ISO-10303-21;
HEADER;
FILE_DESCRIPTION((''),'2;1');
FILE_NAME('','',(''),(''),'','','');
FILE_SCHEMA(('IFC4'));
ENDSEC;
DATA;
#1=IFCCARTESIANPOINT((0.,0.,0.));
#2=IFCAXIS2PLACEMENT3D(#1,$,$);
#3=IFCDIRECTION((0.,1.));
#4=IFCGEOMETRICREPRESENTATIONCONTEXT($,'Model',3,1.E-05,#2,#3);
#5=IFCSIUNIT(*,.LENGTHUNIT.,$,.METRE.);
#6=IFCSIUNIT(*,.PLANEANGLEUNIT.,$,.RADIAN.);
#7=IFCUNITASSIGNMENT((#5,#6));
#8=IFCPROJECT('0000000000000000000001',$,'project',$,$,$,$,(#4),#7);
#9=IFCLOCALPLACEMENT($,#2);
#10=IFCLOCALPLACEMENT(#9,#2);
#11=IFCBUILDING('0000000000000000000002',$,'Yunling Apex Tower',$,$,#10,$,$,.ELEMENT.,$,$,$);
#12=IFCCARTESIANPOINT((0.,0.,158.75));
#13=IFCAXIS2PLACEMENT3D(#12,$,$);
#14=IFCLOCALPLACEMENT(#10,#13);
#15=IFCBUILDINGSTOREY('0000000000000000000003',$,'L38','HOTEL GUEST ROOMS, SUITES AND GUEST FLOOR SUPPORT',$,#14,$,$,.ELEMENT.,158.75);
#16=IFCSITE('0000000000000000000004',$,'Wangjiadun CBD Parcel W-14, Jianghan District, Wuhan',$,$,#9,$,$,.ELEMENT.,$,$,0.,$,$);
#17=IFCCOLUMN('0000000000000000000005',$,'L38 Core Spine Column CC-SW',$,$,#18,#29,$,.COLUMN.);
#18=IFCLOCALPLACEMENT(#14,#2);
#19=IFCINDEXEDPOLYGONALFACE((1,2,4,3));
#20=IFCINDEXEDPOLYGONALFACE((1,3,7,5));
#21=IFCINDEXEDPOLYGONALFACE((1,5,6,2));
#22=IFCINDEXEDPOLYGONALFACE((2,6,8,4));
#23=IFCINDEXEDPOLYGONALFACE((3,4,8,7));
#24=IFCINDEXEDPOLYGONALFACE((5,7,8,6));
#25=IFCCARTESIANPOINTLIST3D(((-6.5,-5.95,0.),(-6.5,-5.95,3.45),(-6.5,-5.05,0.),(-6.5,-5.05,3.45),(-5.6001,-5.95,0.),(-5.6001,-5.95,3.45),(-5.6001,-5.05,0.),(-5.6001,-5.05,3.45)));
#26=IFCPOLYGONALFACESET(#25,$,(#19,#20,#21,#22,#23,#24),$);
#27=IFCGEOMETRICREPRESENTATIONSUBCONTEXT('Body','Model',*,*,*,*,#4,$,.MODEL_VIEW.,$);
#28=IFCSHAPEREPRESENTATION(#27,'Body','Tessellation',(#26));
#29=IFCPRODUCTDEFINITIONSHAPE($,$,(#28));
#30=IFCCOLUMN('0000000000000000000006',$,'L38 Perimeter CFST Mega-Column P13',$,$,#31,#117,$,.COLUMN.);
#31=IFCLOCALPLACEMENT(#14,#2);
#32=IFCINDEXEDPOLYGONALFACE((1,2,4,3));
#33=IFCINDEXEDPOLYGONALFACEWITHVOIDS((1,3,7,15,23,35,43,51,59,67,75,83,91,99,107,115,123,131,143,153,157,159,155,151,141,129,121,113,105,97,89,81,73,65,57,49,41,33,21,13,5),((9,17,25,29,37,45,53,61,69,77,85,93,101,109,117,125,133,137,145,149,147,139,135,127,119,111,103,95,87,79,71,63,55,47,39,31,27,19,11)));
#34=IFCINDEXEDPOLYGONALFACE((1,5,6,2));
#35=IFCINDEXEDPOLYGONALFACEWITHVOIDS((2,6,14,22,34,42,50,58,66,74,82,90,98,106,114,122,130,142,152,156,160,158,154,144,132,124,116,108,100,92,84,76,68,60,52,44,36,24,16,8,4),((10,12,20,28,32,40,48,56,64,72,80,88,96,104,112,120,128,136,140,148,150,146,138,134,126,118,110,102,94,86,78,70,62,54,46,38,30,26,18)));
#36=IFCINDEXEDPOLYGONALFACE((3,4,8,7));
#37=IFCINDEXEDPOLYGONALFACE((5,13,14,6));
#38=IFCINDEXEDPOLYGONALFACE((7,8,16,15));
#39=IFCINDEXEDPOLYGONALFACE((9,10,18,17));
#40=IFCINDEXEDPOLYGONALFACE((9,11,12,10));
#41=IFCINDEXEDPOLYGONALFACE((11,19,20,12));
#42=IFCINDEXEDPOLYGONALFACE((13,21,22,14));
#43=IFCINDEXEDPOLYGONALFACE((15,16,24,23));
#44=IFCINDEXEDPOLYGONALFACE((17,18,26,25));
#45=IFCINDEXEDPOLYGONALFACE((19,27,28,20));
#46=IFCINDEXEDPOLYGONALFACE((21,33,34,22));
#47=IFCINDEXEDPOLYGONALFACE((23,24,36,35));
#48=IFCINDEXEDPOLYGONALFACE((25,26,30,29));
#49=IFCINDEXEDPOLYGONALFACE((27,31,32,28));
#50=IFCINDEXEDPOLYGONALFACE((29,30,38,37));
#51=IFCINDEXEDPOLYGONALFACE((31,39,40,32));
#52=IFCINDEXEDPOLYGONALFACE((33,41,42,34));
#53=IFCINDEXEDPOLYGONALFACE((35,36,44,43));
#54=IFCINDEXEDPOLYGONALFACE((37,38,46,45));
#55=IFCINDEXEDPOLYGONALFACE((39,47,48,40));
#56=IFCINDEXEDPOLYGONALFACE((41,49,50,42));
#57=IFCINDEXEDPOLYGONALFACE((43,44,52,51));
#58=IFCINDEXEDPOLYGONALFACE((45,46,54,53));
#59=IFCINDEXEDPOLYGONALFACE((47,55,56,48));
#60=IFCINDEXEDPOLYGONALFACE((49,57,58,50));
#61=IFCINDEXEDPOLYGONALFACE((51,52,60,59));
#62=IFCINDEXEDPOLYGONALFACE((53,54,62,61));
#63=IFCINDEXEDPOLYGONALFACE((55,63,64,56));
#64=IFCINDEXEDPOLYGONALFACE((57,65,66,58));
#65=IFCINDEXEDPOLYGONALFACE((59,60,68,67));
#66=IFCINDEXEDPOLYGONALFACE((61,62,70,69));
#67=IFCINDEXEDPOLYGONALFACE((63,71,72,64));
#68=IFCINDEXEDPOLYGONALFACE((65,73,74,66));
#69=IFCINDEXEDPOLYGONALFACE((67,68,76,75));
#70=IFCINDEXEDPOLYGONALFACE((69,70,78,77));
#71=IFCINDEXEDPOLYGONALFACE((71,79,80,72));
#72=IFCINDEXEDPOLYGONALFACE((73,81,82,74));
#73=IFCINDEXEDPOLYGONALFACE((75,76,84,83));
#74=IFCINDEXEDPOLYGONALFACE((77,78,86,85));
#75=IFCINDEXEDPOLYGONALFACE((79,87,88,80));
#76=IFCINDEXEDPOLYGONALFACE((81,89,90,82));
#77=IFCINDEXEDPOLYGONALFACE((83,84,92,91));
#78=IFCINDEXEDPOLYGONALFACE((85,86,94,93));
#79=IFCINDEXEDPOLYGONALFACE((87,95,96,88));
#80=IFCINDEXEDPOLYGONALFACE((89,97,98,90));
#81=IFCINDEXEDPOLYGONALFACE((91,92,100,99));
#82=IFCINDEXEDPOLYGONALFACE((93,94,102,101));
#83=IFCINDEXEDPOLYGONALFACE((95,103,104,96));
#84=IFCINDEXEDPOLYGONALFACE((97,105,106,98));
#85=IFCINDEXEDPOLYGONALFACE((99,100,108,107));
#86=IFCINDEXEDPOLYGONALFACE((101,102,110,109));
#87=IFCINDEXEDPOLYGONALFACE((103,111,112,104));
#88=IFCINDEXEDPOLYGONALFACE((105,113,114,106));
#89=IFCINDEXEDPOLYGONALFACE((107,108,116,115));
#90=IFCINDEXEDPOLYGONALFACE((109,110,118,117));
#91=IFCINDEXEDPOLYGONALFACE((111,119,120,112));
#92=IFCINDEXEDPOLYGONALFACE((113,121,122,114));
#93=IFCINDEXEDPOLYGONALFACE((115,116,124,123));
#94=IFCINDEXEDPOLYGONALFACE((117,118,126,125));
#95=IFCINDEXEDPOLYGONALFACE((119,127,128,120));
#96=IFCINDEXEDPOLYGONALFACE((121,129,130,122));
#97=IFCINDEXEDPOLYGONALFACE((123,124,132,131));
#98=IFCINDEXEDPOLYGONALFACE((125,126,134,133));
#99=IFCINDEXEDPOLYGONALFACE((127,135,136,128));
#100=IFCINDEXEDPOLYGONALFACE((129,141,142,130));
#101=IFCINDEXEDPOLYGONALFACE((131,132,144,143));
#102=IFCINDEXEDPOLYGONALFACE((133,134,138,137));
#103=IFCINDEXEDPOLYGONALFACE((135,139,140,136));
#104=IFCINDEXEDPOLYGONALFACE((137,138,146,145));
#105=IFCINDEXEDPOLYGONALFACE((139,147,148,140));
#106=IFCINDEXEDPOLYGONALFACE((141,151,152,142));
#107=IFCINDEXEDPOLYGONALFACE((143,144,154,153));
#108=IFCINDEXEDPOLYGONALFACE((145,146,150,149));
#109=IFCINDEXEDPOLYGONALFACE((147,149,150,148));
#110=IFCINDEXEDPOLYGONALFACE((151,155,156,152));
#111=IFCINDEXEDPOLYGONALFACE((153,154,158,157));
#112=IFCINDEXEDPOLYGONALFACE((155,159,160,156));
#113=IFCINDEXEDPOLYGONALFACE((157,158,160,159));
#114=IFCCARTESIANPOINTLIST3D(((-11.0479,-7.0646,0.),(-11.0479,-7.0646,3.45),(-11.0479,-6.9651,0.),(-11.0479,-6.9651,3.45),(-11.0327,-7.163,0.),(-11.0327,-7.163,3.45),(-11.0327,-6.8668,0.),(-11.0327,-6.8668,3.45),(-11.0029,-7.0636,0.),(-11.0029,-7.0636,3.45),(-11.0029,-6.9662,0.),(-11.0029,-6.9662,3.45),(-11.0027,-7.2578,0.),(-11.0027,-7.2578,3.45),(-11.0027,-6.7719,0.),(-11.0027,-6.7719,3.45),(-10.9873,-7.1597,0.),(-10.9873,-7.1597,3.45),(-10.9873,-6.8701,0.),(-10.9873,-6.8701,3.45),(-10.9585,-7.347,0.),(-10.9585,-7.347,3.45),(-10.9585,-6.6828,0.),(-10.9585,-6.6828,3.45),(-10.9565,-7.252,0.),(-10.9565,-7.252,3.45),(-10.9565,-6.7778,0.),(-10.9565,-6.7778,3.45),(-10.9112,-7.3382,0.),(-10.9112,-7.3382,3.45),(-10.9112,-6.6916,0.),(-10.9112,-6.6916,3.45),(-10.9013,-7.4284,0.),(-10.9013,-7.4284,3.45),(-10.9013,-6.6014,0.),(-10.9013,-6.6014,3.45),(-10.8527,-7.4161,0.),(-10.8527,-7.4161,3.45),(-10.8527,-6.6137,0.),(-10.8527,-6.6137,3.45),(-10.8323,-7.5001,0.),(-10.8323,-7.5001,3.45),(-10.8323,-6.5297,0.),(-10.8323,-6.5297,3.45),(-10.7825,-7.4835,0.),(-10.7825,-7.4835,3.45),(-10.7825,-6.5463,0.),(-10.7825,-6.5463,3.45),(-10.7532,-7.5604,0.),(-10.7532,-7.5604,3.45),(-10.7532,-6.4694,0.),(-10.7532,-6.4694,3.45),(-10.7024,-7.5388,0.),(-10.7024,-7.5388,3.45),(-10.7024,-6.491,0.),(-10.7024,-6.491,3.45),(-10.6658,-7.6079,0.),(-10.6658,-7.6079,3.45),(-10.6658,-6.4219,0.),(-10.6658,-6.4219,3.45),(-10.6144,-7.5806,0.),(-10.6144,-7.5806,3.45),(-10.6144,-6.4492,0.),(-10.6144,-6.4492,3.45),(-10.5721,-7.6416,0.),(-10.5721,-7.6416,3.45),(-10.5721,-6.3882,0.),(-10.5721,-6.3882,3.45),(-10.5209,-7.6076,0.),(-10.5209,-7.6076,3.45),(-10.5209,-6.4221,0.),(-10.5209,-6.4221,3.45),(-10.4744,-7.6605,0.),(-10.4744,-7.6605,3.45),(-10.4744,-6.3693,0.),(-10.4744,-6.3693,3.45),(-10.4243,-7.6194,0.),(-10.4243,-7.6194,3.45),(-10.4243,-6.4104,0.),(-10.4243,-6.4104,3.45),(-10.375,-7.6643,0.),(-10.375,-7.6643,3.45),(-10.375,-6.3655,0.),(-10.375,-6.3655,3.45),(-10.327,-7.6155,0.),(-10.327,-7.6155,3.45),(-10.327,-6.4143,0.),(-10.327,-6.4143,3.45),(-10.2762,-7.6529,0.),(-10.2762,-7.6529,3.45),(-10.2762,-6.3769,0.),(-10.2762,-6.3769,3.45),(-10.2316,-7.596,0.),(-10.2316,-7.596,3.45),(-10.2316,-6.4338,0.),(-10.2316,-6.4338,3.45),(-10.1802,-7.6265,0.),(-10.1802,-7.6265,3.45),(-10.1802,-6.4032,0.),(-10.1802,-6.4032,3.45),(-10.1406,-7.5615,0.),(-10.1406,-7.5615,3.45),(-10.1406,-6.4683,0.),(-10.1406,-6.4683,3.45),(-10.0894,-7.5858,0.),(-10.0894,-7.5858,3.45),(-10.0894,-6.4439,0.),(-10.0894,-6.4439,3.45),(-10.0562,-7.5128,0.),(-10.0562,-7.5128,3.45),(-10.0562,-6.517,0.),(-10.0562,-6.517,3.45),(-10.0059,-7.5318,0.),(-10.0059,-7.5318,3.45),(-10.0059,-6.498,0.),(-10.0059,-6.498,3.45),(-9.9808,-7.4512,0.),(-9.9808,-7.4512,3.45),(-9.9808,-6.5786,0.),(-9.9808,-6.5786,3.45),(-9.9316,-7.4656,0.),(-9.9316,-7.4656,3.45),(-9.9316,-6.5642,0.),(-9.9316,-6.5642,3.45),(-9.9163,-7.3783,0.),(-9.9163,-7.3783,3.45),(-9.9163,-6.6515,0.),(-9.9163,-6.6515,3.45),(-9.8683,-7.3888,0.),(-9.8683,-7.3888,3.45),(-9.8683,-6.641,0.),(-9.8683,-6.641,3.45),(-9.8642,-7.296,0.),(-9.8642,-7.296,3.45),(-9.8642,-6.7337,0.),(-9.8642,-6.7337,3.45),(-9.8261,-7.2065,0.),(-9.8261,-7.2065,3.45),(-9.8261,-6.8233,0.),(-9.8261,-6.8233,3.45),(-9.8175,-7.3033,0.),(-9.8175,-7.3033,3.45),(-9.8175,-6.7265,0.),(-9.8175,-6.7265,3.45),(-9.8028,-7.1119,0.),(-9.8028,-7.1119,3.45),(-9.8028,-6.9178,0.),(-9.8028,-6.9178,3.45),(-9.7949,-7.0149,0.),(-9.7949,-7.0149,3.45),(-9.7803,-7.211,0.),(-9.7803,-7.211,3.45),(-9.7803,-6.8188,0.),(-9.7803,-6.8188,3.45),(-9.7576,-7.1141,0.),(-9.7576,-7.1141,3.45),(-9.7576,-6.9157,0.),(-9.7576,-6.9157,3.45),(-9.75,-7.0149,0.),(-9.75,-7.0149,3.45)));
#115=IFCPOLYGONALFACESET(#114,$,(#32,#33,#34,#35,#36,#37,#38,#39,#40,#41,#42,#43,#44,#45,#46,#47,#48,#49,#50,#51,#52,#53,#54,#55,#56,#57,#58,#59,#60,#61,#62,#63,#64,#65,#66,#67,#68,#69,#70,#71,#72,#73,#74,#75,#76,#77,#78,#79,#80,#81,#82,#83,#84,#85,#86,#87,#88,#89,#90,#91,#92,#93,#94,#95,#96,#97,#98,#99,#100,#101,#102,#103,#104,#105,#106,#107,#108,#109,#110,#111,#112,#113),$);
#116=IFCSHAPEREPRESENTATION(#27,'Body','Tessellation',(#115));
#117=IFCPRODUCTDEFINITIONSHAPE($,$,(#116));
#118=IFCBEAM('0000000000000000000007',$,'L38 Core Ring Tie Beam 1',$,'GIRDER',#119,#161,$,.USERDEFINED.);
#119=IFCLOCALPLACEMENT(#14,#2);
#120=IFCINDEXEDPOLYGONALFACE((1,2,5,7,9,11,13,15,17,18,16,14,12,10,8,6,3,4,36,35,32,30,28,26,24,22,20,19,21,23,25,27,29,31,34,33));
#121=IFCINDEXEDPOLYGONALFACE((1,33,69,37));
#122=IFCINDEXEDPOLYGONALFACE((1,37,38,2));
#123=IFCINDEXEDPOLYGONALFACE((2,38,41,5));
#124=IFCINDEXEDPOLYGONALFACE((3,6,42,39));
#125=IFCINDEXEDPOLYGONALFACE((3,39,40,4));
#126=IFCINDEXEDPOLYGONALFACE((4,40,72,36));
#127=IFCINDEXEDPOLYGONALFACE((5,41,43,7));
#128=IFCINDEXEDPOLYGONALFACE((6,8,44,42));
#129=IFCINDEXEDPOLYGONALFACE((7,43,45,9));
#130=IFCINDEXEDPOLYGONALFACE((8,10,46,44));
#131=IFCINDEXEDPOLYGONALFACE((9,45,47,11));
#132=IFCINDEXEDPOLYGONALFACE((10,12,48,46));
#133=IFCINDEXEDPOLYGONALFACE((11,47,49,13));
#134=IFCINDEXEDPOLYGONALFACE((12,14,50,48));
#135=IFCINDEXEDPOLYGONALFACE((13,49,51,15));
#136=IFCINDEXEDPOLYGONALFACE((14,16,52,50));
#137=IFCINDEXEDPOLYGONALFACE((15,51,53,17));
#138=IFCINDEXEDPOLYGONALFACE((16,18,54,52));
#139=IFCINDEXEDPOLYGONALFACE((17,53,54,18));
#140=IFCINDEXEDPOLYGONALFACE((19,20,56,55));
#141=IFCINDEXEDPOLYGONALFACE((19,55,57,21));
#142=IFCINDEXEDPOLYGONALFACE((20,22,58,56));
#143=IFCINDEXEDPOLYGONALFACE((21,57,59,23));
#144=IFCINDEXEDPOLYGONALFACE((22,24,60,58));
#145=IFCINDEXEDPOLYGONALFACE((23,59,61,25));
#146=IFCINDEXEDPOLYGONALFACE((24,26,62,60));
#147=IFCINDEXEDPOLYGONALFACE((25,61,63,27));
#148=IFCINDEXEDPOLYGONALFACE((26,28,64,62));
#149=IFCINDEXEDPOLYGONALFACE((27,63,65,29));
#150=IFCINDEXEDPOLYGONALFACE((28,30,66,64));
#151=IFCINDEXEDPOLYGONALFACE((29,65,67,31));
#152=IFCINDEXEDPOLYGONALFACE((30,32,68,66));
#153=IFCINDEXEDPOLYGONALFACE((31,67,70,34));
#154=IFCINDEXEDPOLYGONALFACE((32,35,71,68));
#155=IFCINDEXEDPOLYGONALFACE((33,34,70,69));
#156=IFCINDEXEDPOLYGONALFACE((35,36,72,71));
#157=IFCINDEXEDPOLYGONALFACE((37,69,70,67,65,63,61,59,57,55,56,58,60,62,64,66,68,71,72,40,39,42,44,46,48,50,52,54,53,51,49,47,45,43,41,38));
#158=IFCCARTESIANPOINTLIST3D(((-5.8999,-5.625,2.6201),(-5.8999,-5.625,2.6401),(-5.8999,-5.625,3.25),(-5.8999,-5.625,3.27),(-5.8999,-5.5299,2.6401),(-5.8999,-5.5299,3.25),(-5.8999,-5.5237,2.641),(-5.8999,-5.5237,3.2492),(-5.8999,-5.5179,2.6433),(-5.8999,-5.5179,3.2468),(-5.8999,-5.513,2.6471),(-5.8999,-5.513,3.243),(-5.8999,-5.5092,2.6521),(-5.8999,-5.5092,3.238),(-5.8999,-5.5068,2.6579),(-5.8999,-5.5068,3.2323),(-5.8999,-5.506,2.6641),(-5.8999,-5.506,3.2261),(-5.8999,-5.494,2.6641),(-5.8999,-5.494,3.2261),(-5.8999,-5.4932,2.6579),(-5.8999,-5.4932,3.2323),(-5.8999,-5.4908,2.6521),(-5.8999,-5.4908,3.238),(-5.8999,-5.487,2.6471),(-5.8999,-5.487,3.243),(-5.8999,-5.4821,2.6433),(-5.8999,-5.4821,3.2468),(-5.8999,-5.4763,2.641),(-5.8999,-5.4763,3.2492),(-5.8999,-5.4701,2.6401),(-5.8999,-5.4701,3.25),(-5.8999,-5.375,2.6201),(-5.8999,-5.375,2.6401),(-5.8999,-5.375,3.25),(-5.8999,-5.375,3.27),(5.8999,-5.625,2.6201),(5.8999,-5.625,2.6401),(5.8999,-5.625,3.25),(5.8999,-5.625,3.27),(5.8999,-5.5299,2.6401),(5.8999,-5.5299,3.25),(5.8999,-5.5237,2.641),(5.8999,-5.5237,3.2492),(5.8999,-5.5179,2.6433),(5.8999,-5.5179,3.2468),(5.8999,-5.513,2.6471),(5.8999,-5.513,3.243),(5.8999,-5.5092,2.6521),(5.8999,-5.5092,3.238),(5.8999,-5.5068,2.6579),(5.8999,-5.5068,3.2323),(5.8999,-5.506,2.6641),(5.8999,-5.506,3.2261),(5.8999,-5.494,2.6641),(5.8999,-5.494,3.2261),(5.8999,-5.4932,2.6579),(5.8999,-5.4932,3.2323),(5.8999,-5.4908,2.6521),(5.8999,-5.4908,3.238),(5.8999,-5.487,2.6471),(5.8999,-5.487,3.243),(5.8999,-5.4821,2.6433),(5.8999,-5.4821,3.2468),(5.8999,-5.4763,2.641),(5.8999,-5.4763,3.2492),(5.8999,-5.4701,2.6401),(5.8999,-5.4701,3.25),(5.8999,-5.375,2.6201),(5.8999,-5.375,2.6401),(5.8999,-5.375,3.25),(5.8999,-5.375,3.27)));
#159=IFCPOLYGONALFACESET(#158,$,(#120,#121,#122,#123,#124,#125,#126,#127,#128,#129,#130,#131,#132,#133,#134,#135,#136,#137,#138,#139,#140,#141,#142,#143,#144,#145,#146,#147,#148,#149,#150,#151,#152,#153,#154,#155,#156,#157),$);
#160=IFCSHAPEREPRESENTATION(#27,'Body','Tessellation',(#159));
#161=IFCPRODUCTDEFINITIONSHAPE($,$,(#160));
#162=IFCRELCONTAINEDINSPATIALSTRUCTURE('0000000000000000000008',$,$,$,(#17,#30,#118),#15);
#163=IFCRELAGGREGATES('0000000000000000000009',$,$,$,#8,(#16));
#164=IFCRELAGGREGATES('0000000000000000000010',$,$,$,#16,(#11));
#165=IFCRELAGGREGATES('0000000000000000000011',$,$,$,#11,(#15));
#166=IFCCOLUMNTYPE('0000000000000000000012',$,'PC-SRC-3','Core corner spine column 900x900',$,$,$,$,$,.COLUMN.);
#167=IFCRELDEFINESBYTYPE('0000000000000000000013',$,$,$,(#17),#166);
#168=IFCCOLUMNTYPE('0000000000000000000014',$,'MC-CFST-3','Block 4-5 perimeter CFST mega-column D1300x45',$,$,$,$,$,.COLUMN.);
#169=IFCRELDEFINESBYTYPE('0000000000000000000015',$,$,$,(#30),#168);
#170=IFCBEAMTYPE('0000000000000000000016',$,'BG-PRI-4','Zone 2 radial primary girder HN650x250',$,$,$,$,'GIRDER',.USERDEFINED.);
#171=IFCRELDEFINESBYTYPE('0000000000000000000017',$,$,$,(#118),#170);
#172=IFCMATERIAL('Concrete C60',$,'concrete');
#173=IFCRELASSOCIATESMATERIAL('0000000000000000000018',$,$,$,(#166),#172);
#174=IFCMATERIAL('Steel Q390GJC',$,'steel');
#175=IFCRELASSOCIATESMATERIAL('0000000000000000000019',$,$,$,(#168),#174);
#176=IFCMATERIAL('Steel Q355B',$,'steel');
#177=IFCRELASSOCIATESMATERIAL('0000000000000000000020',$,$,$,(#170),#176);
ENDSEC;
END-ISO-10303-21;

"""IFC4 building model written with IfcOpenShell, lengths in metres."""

from ifc_helpers import new_model, si_unit, direction, frame, origin, origin_2d, place, context, subcontext, project, spatial, rectangle, hollow_circle, i_section, extrude, source, transform, mapped, material, material_profile, profile_set, type_object, element, save


model = new_model("IFC4")

# Units and contexts
model_context = context("Model", 3, precision=1e-05, world=origin(), true_north=direction((0.0, 1.0)))
body_context = subcontext(model_context, "Body", "Model", "MODEL_VIEW")
ifc_project = project(units=[si_unit("LENGTHUNIT", "METRE"), si_unit("PLANEANGLEUNIT", "RADIAN")], contexts=[model_context])

# Site, building, storey
site_placement = place(None, origin())
site = spatial("IfcSite", under=ifc_project, at=site_placement, Name="Wangjiadun CBD Parcel W-14, Jianghan District, Wuhan", CompositionType="ELEMENT", RefElevation=0.0)
building_placement = place(site_placement, origin())
building = spatial("IfcBuilding", under=site, at=building_placement, Name="Yunling Apex Tower", CompositionType="ELEMENT")
storey_placement = place(building_placement, frame((0.0, 0.0, 158.75)))
storey = spatial("IfcBuildingStorey", under=building, at=storey_placement, Name="L38", Description="HOTEL GUEST ROOMS, SUITES AND GUEST FLOOR SUPPORT", CompositionType="ELEMENT", Elevation=158.75)

# Columns
ifc_material_1 = material(Name="Concrete C60", Category="concrete")
ifc_material_profile_1 = material_profile(ifc_material_1, rectangle(XDim=0.8999, YDim=0.8999, at=origin_2d()))
ifc_profile_set_1 = profile_set([ifc_material_profile_1], Name="Concrete C60")
column_type_1 = type_object("IfcColumnType", Name="PC-SRC-3", Description="Core corner spine column 900x900", PredefinedType="COLUMN", material=ifc_profile_set_1)
shared_shape_1 = source(origin(), body_context, "Body", "SweptSolid", [
    extrude(rectangle(XDim=0.8999, YDim=0.8999, at=origin_2d()), origin(), (0.0, 0.0, 1.0), 3.45),
])
column_1_placement = place(storey_placement, frame((-6.05, -5.5, 0.0), z_axis=(0.0, 0.0, 1.0), x_axis=(1.0, 0.0, 0.0)))
element("IfcColumn", 1, at=column_1_placement, inside=storey, type_object=column_type_1, Name="L38 Core Spine Column CC-SW", PredefinedType="COLUMN", context=body_context, shape_type="MappedRepresentation", body=[
    mapped(shared_shape_1, transform((0.0, 0.0, 0.0), scale=1.0)),
])
ifc_material_2 = material(Name="Steel Q390GJC", Category="steel")
ifc_material_profile_2 = material_profile(ifc_material_2, hollow_circle(Radius=0.6499, WallThickness=0.0449, at=origin_2d()))
ifc_profile_set_2 = profile_set([ifc_material_profile_2], Name="Steel Q390GJC")
column_type_2 = type_object("IfcColumnType", Name="MC-CFST-3", Description="Block 4-5 perimeter CFST mega-column D1300x45", PredefinedType="COLUMN", material=ifc_profile_set_2)
shared_shape_2 = source(origin(), body_context, "Body", "SweptSolid", [
    extrude(hollow_circle(Radius=0.6499, WallThickness=0.0449, at=origin_2d()), origin(), (0.0, 0.0, 1.0), 3.45),
])
column_2_placement = place(storey_placement, frame((-10.3999, -7.0149, 0.0), z_axis=(0.0, 0.0, 1.0), x_axis=(1.0, 0.0, 0.0)))
element("IfcColumn", 2, at=column_2_placement, inside=storey, type_object=column_type_2, Name="L38 Perimeter CFST Mega-Column P13", PredefinedType="COLUMN", context=body_context, shape_type="MappedRepresentation", body=[
    mapped(shared_shape_2, transform((0.0, 0.0, 0.0), scale=1.0)),
])

# Beam
ifc_material_3 = material(Name="Steel Q355B", Category="steel")
ifc_material_profile_3 = material_profile(ifc_material_3, i_section(OverallWidth=0.25, OverallDepth=0.6499, WebThickness=0.012, FlangeThickness=0.02, FilletRadius=0.0239, at=origin_2d()))
ifc_profile_set_3 = profile_set([ifc_material_profile_3], Name="Steel Q355B")
beam_type_1 = type_object("IfcBeamType", Name="BG-PRI-4", Description="Zone 2 radial primary girder HN650x250", ElementType="GIRDER", PredefinedType="USERDEFINED", material=ifc_profile_set_3)
shared_shape_3 = source(origin(), body_context, "Body", "SweptSolid", [
    extrude(i_section(OverallWidth=0.25, OverallDepth=0.6499, WebThickness=0.012, FlangeThickness=0.02, FilletRadius=0.0239, at=origin_2d()), origin(), (0.0, 0.0, 1.0), 11.7998),
])
beam_1_placement = place(storey_placement, frame((-5.8999, -5.5, 2.9451), z_axis=(1.0, 0.0, 0.0), x_axis=(0.0, 1.0, 0.0)))
element("IfcBeam", 3, at=beam_1_placement, inside=storey, type_object=beam_type_1, Name="L38 Core Ring Tie Beam 1", ObjectType="GIRDER", PredefinedType="USERDEFINED", context=body_context, shape_type="MappedRepresentation", body=[
    mapped(shared_shape_3, transform((0.0, 0.0, 0.0), scale=1.0)),
])

save(model, "model.ifc")
